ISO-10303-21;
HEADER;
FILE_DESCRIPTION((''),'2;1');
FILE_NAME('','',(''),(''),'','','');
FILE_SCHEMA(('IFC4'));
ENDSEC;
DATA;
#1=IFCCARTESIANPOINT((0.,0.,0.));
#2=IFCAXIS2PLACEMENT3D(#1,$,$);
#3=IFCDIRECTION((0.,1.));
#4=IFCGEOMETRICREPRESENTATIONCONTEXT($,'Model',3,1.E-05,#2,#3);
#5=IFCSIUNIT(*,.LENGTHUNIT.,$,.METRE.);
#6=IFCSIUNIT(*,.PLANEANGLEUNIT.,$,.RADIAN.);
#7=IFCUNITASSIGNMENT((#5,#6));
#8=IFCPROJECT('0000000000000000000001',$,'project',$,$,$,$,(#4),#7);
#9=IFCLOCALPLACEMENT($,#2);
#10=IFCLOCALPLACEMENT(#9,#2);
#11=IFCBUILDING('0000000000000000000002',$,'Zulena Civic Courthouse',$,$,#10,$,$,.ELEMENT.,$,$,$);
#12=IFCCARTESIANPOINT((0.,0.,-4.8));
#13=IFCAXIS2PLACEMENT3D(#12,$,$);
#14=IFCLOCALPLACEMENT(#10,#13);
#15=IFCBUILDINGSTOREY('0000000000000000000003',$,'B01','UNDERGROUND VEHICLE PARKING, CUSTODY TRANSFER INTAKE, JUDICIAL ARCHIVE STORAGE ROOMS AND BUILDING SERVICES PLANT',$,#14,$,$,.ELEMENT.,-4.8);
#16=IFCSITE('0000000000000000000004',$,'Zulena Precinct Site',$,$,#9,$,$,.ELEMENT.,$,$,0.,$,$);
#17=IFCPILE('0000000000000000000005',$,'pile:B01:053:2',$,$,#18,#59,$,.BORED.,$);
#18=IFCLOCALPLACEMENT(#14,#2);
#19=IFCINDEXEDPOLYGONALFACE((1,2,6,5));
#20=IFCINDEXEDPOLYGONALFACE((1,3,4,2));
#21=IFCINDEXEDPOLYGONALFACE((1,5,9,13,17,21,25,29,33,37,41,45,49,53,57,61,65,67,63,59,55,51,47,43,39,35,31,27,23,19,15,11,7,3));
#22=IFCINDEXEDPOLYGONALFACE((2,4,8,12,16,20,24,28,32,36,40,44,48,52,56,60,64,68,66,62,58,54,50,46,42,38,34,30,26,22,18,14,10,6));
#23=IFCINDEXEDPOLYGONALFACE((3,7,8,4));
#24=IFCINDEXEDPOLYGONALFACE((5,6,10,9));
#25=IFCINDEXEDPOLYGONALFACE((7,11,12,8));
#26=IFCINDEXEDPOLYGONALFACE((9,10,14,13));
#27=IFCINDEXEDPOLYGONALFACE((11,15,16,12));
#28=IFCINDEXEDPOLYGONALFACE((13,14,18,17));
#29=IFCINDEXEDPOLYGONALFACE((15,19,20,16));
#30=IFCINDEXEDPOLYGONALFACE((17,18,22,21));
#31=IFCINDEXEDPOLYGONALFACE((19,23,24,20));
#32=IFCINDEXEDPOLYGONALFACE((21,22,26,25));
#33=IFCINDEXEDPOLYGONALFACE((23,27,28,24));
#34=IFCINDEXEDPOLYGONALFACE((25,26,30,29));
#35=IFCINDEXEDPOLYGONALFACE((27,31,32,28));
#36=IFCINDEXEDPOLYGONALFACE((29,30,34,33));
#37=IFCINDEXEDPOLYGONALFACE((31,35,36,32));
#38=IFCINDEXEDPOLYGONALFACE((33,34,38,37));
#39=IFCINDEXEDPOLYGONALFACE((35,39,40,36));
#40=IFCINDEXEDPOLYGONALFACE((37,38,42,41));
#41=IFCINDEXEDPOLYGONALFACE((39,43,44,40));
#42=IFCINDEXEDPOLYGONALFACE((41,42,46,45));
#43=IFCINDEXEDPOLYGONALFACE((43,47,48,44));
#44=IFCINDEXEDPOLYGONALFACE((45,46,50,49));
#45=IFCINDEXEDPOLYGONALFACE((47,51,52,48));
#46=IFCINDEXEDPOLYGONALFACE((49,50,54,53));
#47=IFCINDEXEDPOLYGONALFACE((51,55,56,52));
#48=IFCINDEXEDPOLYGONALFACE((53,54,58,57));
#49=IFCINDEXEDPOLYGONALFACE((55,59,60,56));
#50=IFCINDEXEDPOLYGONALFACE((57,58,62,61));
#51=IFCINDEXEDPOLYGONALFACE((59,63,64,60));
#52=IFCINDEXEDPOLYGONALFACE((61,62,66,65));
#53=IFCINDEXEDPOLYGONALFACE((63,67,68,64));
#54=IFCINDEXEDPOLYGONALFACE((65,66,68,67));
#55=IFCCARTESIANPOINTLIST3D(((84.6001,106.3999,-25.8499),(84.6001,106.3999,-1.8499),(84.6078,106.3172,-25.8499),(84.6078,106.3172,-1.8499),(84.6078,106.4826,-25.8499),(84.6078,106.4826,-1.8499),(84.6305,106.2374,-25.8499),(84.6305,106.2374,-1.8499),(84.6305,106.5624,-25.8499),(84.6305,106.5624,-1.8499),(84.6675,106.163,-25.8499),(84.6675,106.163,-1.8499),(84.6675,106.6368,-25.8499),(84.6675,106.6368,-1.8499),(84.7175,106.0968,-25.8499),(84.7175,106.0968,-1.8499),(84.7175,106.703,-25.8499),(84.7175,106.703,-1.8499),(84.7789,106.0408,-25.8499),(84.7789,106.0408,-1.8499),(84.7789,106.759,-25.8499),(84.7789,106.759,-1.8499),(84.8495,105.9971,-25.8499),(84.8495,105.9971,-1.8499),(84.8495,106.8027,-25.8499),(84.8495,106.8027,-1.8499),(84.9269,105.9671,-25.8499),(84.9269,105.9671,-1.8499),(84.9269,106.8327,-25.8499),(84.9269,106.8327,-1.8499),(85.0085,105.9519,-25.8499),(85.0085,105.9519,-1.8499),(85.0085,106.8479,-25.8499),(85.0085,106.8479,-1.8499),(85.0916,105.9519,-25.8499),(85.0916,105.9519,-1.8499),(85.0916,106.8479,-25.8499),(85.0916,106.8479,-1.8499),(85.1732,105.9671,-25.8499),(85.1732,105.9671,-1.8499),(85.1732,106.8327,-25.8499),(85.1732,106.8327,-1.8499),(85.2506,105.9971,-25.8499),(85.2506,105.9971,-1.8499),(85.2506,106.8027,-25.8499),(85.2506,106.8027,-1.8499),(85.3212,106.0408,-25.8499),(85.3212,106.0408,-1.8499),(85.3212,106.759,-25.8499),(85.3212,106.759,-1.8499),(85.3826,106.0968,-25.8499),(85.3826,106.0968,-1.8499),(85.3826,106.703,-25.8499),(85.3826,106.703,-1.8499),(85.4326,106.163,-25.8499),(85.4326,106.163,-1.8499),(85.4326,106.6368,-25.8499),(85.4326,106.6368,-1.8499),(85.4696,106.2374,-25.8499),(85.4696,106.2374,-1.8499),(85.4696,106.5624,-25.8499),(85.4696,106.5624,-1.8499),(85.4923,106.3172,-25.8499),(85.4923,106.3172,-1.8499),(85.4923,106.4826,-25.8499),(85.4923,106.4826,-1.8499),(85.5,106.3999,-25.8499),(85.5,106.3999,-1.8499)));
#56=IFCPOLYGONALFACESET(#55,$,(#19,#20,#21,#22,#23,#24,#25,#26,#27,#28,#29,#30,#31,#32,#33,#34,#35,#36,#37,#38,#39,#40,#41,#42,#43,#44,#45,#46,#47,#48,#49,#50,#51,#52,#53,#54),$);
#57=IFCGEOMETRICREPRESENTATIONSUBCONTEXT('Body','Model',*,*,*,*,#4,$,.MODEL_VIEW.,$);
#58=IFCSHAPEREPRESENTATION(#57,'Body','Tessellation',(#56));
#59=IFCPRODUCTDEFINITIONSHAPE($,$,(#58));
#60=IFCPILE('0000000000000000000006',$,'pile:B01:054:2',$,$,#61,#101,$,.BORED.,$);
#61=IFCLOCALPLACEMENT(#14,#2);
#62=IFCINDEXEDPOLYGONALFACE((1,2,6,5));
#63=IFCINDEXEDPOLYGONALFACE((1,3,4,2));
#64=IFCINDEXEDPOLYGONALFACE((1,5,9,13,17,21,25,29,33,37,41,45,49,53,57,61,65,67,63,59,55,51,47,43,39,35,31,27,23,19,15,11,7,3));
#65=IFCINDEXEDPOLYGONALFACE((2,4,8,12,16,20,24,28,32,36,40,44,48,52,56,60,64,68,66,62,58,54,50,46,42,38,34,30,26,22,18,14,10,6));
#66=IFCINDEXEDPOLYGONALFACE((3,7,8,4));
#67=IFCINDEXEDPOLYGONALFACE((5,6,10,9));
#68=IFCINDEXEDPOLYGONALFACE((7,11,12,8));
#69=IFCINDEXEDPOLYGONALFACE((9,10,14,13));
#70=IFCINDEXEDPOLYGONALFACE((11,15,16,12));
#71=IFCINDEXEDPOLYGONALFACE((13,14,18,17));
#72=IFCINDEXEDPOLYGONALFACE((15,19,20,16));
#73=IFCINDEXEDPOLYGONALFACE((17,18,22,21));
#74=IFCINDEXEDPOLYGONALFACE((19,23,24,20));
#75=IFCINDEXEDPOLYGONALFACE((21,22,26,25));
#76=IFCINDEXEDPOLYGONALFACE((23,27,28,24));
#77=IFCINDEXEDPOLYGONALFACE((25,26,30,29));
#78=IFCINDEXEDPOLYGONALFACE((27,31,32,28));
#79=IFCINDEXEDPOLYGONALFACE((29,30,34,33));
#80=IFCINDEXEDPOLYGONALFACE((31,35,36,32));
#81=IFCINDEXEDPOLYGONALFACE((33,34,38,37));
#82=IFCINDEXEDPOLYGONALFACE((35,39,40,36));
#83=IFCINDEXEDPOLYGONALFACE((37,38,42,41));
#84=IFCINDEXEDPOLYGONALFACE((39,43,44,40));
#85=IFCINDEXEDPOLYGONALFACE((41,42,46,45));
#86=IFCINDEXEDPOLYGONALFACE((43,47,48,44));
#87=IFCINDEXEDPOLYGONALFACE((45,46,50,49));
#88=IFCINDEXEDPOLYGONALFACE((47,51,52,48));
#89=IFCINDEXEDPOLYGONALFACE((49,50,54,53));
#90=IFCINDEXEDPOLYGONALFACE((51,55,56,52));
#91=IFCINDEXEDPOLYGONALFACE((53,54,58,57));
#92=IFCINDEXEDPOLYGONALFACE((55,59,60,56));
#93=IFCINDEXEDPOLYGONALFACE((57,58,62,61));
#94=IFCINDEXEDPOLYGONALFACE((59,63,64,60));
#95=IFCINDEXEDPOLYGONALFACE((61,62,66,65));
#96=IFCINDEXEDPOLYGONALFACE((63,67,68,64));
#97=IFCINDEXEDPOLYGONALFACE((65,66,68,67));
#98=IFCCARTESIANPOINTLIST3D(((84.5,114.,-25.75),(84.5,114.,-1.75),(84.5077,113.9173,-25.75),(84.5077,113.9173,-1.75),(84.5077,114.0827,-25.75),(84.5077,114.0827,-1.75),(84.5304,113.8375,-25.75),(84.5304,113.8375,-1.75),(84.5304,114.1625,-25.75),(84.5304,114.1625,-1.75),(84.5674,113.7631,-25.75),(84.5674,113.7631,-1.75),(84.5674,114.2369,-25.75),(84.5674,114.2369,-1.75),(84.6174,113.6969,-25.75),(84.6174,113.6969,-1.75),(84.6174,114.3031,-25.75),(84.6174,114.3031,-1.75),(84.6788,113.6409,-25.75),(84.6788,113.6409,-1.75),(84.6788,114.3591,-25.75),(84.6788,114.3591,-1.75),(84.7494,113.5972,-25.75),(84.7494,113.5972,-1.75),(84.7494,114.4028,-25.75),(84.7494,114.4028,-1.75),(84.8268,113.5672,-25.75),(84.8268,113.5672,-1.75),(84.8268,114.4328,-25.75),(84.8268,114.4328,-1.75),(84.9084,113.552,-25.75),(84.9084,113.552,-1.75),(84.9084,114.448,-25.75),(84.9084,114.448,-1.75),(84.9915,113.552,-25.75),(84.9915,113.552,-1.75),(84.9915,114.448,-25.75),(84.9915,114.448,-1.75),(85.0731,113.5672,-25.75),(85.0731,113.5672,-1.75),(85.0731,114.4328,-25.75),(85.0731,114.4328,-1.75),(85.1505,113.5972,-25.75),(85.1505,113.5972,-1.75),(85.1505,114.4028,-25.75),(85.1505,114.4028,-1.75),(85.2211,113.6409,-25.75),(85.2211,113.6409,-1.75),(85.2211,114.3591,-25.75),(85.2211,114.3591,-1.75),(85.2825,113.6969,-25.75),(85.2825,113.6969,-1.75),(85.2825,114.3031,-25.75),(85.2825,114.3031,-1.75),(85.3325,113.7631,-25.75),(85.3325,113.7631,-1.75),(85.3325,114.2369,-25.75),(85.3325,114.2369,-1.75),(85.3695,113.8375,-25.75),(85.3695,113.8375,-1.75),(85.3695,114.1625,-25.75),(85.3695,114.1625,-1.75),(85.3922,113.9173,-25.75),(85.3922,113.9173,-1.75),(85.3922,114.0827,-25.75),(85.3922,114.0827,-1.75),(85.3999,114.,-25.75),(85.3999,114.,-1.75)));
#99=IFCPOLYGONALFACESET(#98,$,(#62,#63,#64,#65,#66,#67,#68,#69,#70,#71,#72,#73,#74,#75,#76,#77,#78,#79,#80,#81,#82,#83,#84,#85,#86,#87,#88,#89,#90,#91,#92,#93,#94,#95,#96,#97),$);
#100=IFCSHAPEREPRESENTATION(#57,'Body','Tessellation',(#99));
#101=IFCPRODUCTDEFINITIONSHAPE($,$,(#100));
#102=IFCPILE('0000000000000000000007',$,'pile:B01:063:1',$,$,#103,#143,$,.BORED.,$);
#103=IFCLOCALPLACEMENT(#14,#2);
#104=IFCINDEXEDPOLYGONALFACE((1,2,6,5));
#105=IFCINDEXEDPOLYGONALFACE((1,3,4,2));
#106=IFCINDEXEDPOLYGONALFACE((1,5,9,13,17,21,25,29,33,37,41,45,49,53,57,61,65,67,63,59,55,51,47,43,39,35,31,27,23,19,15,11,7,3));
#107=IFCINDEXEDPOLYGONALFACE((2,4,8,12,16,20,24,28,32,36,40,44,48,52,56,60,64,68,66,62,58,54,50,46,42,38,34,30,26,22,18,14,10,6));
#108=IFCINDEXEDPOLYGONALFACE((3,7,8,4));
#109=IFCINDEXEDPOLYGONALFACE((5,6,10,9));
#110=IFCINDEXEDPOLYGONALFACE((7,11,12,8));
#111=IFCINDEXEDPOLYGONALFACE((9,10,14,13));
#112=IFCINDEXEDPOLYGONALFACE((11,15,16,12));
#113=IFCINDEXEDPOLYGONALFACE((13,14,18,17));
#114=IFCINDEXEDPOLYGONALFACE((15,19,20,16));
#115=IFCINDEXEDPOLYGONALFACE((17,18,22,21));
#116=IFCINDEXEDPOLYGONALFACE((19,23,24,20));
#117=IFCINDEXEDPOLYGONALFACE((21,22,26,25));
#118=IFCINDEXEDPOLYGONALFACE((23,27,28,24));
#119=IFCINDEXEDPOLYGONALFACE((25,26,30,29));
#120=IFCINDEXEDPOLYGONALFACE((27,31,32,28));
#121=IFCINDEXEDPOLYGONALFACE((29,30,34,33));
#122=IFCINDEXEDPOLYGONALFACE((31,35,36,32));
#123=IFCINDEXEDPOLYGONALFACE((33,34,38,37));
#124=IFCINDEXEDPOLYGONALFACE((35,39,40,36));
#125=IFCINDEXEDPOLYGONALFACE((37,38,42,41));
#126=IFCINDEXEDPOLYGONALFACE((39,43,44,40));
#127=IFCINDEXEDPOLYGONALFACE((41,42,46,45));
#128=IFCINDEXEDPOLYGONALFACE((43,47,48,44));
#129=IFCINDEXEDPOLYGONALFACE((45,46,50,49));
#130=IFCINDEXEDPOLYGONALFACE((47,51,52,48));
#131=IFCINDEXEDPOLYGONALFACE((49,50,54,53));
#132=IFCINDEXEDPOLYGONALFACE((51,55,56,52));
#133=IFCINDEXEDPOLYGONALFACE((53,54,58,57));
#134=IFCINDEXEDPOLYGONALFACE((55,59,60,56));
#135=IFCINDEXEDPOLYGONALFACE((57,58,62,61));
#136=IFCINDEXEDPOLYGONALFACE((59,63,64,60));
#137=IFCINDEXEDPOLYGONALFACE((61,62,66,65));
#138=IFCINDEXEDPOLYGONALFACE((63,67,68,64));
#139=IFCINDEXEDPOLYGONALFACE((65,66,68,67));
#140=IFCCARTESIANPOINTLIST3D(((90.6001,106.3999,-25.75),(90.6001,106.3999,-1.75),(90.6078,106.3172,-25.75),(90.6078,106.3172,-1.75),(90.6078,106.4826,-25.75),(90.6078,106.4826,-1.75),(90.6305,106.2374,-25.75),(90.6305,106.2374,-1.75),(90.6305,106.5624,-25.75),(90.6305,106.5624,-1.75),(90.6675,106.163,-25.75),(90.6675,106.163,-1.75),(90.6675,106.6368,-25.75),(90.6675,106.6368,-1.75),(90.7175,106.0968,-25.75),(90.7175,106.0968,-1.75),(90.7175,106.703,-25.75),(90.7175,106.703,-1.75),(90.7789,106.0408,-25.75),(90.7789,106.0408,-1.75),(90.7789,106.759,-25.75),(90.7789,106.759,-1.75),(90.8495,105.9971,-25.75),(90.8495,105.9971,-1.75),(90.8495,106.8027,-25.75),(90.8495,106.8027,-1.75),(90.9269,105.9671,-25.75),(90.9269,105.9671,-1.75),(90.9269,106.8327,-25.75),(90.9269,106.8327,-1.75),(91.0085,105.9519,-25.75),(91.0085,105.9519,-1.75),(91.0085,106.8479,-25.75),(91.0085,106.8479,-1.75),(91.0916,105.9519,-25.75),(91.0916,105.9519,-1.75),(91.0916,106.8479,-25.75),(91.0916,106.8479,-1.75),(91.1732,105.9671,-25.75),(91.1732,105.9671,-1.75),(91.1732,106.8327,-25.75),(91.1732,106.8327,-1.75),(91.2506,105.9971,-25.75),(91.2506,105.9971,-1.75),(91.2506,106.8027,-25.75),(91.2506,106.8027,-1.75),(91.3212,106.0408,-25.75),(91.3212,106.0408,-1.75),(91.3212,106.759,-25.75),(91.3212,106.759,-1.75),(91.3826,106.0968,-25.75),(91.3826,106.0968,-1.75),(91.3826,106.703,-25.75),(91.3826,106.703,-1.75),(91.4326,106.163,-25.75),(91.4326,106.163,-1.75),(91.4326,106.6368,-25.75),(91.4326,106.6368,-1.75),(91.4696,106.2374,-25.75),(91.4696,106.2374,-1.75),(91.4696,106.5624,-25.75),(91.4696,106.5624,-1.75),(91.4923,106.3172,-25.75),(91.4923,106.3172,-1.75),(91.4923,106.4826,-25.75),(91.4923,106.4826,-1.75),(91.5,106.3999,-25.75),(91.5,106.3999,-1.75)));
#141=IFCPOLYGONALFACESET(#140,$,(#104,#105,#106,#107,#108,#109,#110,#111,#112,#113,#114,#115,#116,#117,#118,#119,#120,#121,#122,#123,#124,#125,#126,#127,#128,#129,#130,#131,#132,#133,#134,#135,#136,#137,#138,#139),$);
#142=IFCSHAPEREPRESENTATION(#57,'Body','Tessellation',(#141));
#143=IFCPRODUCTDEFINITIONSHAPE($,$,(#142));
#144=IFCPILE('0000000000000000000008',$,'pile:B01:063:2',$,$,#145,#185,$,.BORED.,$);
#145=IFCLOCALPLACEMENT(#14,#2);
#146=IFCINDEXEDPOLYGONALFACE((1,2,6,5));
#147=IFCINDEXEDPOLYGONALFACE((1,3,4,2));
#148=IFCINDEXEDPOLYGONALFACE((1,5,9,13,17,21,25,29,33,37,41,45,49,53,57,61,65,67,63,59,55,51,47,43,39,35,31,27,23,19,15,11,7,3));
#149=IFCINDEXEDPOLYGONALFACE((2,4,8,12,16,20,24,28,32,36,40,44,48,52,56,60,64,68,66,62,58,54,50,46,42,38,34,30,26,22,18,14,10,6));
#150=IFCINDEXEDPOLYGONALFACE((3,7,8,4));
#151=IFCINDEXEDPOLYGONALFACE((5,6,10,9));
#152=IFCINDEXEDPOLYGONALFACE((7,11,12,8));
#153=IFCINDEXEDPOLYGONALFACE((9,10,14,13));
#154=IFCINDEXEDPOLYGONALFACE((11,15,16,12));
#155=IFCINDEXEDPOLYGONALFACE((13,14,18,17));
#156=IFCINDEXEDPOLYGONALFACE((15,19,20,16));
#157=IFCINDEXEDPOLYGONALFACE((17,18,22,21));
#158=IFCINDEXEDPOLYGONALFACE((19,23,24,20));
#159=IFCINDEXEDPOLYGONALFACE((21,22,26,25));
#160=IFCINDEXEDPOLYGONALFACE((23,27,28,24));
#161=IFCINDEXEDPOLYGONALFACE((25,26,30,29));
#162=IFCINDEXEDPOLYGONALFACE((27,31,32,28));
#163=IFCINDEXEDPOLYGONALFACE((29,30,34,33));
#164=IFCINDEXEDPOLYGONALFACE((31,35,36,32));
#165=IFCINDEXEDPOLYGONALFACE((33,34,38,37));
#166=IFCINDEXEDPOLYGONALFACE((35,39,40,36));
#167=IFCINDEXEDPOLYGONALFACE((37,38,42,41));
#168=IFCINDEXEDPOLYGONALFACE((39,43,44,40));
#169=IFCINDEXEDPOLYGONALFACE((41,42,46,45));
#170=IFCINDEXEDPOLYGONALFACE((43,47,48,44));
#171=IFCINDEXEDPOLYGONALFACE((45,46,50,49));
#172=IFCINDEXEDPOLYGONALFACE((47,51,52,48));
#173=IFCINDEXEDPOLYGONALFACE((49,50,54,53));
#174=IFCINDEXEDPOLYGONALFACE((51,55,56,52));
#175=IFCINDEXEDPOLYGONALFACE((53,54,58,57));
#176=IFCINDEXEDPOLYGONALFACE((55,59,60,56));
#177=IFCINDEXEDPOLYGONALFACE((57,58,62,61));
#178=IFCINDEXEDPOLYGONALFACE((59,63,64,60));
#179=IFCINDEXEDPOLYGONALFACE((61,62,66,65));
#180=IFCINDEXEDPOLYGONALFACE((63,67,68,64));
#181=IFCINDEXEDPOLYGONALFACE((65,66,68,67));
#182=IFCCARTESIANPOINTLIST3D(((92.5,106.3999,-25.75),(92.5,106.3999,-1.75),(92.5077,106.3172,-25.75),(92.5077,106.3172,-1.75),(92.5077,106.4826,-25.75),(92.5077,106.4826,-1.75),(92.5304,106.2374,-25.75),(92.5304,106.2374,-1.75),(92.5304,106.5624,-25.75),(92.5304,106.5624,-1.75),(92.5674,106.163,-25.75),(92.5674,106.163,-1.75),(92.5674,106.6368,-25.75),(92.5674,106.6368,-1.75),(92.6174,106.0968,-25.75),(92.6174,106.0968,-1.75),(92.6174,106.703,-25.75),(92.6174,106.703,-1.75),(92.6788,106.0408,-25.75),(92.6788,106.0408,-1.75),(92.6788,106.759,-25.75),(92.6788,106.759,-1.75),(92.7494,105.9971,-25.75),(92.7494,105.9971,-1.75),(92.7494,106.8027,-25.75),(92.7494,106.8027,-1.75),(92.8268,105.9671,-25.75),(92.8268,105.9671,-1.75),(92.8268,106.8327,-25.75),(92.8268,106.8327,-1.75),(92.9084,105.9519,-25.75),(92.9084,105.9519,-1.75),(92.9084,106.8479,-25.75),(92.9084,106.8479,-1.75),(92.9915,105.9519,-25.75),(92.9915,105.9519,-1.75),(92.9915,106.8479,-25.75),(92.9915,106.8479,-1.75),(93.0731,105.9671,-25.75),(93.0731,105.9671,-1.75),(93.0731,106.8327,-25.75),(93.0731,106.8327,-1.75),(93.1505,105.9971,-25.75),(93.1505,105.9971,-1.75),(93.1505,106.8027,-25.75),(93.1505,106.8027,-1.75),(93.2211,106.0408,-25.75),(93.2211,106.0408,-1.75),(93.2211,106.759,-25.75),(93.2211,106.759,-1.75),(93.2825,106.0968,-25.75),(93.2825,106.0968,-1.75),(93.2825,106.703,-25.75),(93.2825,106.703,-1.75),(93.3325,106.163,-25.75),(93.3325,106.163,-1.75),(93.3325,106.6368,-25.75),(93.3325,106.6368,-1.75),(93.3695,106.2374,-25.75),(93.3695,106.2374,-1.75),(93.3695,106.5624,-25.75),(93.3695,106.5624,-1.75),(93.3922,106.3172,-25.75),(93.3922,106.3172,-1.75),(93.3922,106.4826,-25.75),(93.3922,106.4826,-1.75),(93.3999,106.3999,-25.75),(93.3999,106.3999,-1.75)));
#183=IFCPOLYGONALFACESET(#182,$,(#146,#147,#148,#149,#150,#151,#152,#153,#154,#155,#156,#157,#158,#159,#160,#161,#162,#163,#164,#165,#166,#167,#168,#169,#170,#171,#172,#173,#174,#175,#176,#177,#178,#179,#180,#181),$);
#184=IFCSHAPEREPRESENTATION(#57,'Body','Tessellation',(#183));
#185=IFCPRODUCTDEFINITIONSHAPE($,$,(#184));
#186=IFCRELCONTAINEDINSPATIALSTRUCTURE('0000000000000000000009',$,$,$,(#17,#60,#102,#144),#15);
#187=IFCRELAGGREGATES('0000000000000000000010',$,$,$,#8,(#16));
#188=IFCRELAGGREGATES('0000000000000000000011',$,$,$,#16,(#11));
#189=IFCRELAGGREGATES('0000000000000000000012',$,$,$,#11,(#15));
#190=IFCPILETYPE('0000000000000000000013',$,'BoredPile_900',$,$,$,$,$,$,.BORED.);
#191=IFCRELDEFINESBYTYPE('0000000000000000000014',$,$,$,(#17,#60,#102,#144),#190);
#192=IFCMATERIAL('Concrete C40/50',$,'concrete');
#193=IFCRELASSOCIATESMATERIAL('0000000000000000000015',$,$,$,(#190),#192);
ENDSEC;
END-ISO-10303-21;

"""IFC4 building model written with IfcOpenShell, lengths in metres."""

from ifc_helpers import new_model, si_unit, direction, frame, origin, origin_2d, place, context, subcontext, project, spatial, circle, extrude, material, material_profile, profile_set, type_object, element, save


model = new_model("IFC4")

# Units and contexts
model_context = context("Model", 3, precision=1e-05, world=origin(), true_north=direction((0.0, 1.0)))
body_context = subcontext(model_context, "Body", "Model", "MODEL_VIEW")
ifc_project = project(units=[si_unit("LENGTHUNIT", "METRE"), si_unit("PLANEANGLEUNIT", "RADIAN")], contexts=[model_context])

# Site, building, storey
site_placement = place(None, origin())
site = spatial("IfcSite", under=ifc_project, at=site_placement, Name="Zulena Precinct Site", CompositionType="ELEMENT", RefElevation=0.0)
building_placement = place(site_placement, origin())
building = spatial("IfcBuilding", under=site, at=building_placement, Name="Zulena Civic Courthouse", CompositionType="ELEMENT")
storey_placement = place(building_placement, frame((0.0, 0.0, -4.8)))
storey = spatial("IfcBuildingStorey", under=building, at=storey_placement, Name="B01", Description="UNDERGROUND VEHICLE PARKING, CUSTODY TRANSFER INTAKE, JUDICIAL ARCHIVE STORAGE ROOMS AND BUILDING SERVICES PLANT", CompositionType="ELEMENT", Elevation=-4.8)

# Piles
ifc_material_1 = material(Name="Concrete C40/50", Category="concrete")
ifc_material_profile_1 = material_profile(ifc_material_1, circle(Radius=0.45, at=origin_2d()), Name="PILE900")
ifc_profile_set_1 = profile_set([ifc_material_profile_1], Name="Concrete C40/50")
pile_type = type_object("IfcPileType", Name="BoredPile_900", PredefinedType="BORED", material=ifc_profile_set_1)
for number, where, z_axis, x_axis, name in (
    (1, (85.05, 106.3999, -1.8499), (0.0, 0.0, -1.0), (1.0, 0.0, 0.0), "pile:B01:053:2"),
    (2, (84.95, 114.0, -1.75), (0.0, 0.0, -1.0), (1.0, 0.0, 0.0), "pile:B01:054:2"),
    (3, (91.05, 106.3999, -1.75), (0.0, 0.0, -1.0), (1.0, 0.0, 0.0), "pile:B01:063:1"),
    (4, (92.95, 106.3999, -1.75), (0.0, 0.0, -1.0), (1.0, 0.0, 0.0), "pile:B01:063:2"),
):
    element("IfcPile", number, at=place(storey_placement, frame(where, z_axis=z_axis, x_axis=x_axis)), inside=storey, type_object=pile_type, Name=name, PredefinedType="BORED", context=body_context, shape_type="SweptSolid", body=[
        extrude(circle(Radius=0.45, at=origin_2d()), origin(), (0.0, 0.0, 1.0), 24.0),
    ])

save(model, "model.ifc")
